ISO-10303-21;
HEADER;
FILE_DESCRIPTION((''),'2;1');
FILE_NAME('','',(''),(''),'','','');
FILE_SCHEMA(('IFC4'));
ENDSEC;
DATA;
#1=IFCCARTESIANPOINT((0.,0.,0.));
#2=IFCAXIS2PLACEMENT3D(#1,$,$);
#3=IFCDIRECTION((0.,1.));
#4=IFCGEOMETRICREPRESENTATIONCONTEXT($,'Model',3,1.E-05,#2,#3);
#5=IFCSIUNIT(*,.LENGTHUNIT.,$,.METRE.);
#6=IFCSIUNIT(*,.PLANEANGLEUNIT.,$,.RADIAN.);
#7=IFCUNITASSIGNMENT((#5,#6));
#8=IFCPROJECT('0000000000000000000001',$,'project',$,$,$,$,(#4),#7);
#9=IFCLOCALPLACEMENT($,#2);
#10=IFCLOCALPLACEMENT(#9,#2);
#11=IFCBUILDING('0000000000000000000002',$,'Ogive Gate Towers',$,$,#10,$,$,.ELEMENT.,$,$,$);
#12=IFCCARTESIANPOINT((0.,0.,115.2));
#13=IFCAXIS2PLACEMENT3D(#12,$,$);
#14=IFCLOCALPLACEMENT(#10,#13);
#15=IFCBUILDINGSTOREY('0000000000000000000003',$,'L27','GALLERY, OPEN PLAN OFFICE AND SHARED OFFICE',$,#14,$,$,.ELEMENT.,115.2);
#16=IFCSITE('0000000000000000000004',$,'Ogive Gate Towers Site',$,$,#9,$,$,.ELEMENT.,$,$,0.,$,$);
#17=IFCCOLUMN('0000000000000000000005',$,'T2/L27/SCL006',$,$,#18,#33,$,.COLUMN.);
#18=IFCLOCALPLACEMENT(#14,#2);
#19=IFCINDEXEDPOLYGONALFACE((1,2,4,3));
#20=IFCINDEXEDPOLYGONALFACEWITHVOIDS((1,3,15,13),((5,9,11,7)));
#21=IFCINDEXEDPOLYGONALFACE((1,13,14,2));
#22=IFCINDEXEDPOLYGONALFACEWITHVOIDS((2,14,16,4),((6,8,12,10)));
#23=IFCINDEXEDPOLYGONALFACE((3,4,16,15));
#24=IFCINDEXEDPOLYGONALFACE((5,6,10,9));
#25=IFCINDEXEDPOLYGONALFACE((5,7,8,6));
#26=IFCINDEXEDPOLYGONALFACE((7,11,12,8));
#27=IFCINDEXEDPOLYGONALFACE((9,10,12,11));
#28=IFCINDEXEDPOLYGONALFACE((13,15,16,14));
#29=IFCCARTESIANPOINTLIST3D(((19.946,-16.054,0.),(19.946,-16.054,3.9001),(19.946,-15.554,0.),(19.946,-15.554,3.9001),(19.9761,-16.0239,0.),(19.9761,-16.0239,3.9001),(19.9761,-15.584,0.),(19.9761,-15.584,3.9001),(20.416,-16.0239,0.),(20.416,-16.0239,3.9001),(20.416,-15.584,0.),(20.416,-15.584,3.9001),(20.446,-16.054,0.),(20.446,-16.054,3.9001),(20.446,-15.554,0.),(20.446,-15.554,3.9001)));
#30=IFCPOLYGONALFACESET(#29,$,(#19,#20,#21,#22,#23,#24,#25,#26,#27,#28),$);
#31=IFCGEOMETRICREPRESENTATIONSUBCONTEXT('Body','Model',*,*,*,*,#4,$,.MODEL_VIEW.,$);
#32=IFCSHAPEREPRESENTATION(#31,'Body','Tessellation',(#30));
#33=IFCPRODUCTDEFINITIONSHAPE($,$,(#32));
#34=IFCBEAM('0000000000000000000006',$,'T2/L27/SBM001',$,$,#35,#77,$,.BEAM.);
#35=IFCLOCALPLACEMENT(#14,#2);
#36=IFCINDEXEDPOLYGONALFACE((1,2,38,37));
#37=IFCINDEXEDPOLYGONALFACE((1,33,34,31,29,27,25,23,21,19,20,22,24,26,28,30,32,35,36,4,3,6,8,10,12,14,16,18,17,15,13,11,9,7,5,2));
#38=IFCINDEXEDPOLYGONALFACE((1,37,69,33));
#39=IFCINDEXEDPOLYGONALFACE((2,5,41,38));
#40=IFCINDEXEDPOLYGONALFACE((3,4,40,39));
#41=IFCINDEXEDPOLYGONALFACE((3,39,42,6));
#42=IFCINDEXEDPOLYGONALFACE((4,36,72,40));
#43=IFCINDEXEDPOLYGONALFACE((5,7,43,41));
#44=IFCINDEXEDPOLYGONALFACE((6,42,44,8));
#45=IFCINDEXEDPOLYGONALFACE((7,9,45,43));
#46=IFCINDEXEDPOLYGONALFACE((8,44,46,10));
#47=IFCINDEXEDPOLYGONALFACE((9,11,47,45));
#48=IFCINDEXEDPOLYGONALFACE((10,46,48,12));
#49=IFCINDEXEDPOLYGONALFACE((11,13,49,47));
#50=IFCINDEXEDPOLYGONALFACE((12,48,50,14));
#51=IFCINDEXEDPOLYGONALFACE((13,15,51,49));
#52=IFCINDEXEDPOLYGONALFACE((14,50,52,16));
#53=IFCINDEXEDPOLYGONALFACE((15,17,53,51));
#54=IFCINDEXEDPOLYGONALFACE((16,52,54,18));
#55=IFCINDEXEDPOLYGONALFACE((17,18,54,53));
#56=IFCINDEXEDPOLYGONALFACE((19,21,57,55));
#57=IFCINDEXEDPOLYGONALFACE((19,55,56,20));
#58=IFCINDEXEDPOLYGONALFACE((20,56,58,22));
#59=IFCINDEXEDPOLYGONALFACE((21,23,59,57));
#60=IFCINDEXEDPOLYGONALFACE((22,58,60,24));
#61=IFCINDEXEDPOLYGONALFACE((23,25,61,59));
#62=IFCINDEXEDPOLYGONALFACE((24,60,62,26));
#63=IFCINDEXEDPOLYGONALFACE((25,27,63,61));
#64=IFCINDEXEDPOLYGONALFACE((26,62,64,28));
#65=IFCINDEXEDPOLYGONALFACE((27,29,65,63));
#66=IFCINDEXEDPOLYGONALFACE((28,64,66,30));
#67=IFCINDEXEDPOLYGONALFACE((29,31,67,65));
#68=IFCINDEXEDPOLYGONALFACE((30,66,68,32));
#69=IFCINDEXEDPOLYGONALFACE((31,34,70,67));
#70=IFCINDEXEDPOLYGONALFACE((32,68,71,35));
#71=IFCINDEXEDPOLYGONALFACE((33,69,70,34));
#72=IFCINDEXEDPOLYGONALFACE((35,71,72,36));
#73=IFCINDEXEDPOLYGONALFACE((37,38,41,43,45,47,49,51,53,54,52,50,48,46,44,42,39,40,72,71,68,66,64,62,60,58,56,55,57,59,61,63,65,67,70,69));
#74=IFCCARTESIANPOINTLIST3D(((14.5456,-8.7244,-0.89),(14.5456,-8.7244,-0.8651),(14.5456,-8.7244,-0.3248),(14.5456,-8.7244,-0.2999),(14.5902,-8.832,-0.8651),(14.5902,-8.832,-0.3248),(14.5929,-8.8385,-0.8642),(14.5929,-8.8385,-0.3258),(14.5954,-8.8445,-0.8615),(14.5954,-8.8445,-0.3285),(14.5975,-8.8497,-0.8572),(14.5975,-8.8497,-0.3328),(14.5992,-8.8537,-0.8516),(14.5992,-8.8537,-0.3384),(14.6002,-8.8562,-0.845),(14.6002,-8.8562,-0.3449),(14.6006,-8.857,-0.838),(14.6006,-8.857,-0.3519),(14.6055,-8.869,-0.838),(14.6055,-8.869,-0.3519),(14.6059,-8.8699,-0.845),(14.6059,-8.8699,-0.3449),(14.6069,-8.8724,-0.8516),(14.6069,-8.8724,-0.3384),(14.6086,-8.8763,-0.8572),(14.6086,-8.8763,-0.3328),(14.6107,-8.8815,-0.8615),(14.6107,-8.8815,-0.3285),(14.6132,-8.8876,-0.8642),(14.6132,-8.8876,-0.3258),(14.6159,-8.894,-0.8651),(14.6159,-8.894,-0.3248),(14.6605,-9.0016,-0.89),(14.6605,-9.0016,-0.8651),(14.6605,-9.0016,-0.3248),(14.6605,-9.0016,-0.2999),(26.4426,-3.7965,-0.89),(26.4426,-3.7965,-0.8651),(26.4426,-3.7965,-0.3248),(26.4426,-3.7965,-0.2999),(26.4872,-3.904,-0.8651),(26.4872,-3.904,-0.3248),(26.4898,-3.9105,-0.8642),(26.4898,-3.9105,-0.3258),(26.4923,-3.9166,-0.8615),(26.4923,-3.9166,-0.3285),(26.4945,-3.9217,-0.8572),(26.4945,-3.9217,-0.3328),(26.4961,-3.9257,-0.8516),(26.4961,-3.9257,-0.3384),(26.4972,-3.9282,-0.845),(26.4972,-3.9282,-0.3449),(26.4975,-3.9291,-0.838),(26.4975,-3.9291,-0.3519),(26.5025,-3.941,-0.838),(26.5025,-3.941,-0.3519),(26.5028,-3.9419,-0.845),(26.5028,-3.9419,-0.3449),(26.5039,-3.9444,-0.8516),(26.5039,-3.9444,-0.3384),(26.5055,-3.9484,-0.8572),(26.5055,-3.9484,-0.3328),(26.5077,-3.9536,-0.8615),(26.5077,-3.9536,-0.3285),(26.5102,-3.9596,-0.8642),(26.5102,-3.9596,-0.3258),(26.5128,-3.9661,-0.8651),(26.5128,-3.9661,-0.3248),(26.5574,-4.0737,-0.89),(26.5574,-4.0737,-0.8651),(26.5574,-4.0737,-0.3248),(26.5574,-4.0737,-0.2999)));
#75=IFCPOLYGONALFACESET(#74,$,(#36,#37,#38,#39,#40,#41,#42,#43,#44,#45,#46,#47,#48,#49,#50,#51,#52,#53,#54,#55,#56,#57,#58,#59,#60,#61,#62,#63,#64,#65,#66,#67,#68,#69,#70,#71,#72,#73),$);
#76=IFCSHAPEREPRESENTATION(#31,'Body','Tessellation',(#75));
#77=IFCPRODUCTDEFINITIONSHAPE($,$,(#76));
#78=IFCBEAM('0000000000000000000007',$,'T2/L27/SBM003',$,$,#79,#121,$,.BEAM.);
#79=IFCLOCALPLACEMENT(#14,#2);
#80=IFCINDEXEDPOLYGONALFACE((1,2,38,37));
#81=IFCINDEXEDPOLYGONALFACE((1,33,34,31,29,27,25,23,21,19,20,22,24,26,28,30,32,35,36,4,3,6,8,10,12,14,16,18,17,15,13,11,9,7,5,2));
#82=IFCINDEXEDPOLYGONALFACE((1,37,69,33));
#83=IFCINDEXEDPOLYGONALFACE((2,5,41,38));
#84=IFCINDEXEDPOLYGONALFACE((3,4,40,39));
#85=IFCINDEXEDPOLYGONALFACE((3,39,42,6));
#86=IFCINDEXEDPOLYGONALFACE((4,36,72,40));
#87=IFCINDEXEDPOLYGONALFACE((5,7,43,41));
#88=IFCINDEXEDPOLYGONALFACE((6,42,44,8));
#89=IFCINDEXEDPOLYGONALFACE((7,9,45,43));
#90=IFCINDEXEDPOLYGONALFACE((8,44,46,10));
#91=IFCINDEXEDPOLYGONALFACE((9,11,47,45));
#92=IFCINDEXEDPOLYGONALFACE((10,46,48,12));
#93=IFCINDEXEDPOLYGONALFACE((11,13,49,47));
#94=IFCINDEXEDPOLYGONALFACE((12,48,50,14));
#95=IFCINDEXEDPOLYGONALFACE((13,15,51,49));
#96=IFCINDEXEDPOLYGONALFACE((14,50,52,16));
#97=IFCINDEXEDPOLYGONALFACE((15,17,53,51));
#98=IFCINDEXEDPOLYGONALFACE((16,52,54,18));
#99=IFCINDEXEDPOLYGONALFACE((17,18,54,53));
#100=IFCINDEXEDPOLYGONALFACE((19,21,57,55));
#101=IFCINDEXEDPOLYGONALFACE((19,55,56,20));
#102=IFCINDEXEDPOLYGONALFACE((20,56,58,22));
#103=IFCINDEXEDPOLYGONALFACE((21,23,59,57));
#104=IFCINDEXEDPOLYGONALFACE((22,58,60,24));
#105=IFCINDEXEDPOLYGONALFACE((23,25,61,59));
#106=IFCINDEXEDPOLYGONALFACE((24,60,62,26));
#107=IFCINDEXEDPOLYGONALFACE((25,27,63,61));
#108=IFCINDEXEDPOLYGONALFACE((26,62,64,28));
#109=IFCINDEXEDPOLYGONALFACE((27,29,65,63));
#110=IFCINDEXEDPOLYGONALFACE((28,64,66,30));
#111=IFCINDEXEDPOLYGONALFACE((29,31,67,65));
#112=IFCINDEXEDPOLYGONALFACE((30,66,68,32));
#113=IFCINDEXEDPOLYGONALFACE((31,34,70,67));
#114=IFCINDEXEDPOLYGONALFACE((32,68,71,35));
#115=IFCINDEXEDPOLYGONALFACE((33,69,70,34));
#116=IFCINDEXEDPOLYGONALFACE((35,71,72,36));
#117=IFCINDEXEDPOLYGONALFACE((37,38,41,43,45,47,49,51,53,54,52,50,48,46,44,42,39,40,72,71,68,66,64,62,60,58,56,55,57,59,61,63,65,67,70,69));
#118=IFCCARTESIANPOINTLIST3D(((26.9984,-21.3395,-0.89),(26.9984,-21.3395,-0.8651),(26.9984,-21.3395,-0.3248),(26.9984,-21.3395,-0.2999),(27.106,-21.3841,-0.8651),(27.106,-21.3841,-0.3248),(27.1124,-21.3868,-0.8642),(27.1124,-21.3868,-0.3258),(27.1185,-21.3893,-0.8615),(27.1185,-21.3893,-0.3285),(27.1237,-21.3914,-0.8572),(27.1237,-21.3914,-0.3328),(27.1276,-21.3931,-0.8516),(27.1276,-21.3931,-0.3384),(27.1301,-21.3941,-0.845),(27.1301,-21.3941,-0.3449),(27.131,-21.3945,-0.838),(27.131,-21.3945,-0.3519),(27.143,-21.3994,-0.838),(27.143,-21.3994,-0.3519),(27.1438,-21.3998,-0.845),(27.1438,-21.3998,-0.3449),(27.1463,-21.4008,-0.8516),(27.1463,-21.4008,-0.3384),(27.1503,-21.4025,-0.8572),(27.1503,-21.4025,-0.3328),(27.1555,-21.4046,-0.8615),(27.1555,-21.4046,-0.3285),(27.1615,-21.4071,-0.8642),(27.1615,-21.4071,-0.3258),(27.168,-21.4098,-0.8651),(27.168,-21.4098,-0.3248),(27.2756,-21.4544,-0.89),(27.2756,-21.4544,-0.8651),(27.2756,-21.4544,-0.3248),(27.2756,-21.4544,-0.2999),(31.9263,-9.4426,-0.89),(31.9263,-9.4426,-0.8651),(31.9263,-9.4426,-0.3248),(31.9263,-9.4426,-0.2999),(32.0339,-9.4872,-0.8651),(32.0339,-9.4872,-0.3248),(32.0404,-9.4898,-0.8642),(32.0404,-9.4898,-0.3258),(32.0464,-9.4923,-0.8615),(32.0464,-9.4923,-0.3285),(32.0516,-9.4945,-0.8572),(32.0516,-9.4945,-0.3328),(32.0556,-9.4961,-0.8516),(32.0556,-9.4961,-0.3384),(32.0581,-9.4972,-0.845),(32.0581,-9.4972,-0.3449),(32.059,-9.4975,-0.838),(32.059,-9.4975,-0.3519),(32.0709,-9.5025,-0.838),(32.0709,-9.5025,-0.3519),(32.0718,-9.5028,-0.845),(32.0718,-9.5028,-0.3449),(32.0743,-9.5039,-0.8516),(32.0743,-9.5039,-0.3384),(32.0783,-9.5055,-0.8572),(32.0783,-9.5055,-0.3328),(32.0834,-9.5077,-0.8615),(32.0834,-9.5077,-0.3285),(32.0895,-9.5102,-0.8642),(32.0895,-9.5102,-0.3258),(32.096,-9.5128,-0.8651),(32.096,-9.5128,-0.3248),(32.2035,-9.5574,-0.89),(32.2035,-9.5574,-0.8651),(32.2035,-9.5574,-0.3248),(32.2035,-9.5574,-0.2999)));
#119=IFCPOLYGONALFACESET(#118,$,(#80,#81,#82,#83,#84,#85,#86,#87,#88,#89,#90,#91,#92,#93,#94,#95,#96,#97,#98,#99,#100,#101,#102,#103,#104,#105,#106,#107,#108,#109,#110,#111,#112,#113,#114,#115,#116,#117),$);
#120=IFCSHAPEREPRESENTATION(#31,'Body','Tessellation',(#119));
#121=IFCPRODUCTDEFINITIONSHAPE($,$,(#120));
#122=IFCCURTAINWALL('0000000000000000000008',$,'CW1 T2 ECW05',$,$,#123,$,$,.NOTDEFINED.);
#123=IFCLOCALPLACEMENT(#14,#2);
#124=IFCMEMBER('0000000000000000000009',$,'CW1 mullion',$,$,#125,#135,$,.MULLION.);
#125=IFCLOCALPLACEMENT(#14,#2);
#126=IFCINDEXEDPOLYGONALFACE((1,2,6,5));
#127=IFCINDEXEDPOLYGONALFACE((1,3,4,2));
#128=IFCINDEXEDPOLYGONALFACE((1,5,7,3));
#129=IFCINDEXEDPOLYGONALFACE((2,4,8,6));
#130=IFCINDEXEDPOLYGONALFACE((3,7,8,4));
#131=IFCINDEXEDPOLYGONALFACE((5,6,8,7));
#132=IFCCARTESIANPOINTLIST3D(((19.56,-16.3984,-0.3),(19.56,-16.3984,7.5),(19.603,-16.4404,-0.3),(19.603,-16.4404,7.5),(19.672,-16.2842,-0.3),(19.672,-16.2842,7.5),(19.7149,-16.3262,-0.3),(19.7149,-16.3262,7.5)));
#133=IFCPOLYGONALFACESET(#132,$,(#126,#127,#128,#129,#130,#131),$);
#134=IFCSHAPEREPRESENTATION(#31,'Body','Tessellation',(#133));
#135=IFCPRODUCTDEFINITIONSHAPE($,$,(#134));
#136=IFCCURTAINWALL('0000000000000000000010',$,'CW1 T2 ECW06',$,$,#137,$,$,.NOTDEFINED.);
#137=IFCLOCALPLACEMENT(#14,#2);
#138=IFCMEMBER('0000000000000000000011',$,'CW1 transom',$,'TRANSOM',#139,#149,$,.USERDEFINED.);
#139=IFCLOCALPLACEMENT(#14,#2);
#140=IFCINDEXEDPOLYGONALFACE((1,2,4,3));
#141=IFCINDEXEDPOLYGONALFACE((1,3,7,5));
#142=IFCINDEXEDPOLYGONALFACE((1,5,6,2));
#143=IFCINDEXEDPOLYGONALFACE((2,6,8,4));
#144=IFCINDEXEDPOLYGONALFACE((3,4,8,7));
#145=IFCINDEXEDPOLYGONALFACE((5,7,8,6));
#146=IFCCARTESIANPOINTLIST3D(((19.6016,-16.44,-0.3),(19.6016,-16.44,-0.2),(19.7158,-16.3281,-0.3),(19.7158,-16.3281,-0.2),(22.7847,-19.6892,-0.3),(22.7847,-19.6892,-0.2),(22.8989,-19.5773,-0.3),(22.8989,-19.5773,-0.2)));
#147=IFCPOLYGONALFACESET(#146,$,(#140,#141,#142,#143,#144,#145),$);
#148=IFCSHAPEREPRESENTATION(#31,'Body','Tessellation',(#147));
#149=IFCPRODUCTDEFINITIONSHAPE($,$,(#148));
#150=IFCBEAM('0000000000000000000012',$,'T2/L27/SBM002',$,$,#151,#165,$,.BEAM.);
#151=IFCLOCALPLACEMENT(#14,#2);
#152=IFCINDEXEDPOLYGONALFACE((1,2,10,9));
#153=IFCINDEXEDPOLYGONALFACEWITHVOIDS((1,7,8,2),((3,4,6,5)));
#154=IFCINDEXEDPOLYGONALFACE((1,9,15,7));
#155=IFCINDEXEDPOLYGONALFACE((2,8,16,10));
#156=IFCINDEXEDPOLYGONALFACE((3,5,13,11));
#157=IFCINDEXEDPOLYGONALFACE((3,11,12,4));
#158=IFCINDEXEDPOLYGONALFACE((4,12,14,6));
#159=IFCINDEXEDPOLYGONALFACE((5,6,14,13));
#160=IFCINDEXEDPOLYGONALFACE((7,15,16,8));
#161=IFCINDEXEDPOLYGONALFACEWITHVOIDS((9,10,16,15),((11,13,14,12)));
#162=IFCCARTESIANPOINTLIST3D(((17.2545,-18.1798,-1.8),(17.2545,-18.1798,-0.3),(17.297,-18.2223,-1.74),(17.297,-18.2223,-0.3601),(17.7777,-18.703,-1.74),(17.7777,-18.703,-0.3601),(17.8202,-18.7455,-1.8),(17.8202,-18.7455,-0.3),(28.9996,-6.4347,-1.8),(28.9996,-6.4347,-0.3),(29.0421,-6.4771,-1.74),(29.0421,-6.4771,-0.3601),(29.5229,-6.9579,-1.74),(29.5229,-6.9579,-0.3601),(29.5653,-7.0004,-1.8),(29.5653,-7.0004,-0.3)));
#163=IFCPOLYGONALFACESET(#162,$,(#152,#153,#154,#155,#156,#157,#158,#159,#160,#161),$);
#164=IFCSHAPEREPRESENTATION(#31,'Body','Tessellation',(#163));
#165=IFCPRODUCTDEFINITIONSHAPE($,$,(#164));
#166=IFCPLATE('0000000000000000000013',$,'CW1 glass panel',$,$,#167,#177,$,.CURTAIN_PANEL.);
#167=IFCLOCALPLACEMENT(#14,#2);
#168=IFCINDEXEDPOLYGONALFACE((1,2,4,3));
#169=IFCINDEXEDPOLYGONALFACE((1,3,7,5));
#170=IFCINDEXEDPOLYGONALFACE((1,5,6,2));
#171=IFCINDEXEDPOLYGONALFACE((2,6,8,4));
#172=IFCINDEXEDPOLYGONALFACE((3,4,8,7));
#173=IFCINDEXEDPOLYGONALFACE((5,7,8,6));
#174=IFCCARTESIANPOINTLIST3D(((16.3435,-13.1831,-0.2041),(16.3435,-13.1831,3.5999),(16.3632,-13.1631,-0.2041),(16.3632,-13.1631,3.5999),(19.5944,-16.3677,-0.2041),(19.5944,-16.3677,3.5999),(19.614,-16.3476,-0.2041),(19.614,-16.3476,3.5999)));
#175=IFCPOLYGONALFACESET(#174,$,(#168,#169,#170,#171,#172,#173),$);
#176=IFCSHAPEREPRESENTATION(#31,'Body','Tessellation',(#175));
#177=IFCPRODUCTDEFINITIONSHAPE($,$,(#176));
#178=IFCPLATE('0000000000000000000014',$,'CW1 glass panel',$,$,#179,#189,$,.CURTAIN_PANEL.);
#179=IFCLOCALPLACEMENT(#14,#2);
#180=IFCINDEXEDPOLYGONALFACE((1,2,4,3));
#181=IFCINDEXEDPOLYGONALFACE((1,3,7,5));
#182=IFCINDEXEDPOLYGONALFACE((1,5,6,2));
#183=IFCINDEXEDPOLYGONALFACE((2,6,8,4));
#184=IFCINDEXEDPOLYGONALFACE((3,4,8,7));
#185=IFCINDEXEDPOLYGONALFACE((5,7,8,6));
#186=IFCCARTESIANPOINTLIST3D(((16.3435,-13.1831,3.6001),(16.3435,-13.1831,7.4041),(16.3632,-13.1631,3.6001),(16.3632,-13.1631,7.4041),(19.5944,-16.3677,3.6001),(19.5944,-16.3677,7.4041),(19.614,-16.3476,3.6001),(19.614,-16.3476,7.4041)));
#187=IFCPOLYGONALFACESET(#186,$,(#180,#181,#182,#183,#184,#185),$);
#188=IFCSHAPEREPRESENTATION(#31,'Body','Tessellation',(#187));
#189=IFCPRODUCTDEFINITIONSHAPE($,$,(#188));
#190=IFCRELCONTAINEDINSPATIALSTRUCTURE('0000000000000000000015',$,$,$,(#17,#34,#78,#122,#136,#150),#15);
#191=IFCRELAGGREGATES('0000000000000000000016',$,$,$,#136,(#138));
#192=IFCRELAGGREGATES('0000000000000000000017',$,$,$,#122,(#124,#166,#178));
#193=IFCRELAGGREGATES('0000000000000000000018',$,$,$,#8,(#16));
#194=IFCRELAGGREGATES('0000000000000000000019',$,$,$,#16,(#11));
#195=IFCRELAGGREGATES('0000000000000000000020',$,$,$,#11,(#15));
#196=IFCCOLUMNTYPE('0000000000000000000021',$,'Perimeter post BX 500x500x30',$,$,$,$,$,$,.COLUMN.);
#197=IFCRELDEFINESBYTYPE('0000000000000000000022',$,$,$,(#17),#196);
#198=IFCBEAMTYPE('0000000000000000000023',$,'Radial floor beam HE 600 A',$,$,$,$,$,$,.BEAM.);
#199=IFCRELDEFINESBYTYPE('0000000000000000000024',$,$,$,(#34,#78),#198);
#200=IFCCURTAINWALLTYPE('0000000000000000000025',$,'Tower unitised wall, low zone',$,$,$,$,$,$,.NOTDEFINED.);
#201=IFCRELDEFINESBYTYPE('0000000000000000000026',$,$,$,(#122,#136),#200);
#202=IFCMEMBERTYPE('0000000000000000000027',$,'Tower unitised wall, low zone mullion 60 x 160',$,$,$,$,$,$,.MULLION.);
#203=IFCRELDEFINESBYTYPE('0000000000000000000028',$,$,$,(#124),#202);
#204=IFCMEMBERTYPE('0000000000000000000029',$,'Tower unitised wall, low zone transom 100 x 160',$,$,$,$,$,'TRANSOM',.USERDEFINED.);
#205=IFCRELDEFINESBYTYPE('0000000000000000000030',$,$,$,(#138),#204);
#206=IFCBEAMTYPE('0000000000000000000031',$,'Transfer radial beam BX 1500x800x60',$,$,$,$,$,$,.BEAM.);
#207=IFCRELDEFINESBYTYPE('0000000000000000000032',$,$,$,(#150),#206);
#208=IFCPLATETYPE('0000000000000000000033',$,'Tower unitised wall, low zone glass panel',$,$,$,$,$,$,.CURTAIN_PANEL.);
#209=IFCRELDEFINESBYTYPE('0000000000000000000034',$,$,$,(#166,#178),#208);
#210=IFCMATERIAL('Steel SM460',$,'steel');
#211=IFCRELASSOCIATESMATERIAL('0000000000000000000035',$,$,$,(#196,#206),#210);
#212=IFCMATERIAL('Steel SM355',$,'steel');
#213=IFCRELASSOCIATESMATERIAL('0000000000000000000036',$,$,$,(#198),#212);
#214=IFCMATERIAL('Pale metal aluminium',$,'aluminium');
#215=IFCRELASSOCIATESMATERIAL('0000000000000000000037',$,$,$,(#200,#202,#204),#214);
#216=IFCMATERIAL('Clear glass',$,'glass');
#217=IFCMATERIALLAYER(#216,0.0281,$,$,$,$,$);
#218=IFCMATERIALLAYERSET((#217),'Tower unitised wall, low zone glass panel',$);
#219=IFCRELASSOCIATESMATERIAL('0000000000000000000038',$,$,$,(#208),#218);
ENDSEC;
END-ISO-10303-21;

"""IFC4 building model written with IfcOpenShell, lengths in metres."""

from ifc_helpers import new_model, si_unit, direction, frame, origin, origin_2d, place, context, subcontext, project, spatial, rectangle, hollow_rectangle, i_section, extrude, material, layer, layer_set, material_profile, profile_set, type_object, element, aggregate, save


model = new_model("IFC4")

# Units and contexts
model_context = context("Model", 3, precision=1e-05, world=origin(), true_north=direction((0.0, 1.0)))
body_context = subcontext(model_context, "Body", "Model", "MODEL_VIEW")
ifc_project = project(units=[si_unit("LENGTHUNIT", "METRE"), si_unit("PLANEANGLEUNIT", "RADIAN")], contexts=[model_context])

# Site, building, storey
site_placement = place(None, origin())
site = spatial("IfcSite", under=ifc_project, at=site_placement, Name="Ogive Gate Towers Site", CompositionType="ELEMENT", RefElevation=0.0)
building_placement = place(site_placement, origin())
building = spatial("IfcBuilding", under=site, at=building_placement, Name="Ogive Gate Towers", CompositionType="ELEMENT")
storey_placement = place(building_placement, frame((0.0, 0.0, 115.2)))
storey = spatial("IfcBuildingStorey", under=building, at=storey_placement, Name="L27", Description="GALLERY, OPEN PLAN OFFICE AND SHARED OFFICE", CompositionType="ELEMENT", Elevation=115.2)

# Column
ifc_material_1 = material(Name="Steel SM460", Category="steel")
ifc_material_profile_1 = material_profile(ifc_material_1, hollow_rectangle(XDim=0.5, YDim=0.5, WallThickness=0.03, at=origin_2d()), Name="BX 500x500x30")
ifc_profile_set_1 = profile_set([ifc_material_profile_1], Name="Steel SM460")
column_type = type_object("IfcColumnType", Name="Perimeter post BX 500x500x30", PredefinedType="COLUMN", material=ifc_profile_set_1)
column_placement = place(storey_placement, frame((20.196, -15.804, 0.0), z_axis=(0.0, 0.0, 1.0), x_axis=(1.0, 0.0, 0.0)))
element("IfcColumn", 1, at=column_placement, inside=storey, type_object=column_type, Name="T2/L27/SCL006", PredefinedType="COLUMN", context=body_context, shape_type="SweptSolid", body=[
    extrude(hollow_rectangle(XDim=0.5, YDim=0.5, WallThickness=0.03, at=origin_2d()), origin(), (0.0, 0.0, 1.0), 3.9001),
])

# Beams
ifc_material_2 = material(Name="Steel SM355", Category="steel")
ifc_material_profile_2 = material_profile(ifc_material_2, i_section(OverallWidth=0.3, OverallDepth=0.5901, WebThickness=0.0129, FlangeThickness=0.0249, FilletRadius=0.0271, at=origin_2d()), Name="HE 600 A")
ifc_profile_set_2 = profile_set([ifc_material_profile_2], Name="Steel SM355")
beam_type_1 = type_object("IfcBeamType", Name="Radial floor beam HE 600 A", PredefinedType="BEAM", material=ifc_profile_set_2)
for number, where, z_axis, x_axis, name in (
    (2, (26.5, -3.9351, -0.595), (-0.923877, -0.382689, 0.0), (0.382689, -0.923877, 0.0), "T2/L27/SBM001"),
    (3, (32.0649, -9.5, -0.595), (-0.382689, -0.923877, 0.0), (0.923877, -0.382689, 0.0), "T2/L27/SBM003"),
):
    element("IfcBeam", number, at=place(storey_placement, frame(where, z_axis=z_axis, x_axis=x_axis)), inside=storey, type_object=beam_type_1, Name=name, PredefinedType="BEAM", context=body_context, shape_type="SweptSolid", body=[
        extrude(i_section(OverallWidth=0.3, OverallDepth=0.5901, WebThickness=0.0129, FlangeThickness=0.0249, FilletRadius=0.0271, at=origin_2d()), origin(), (0.0, 0.0, 1.0), 12.8772),
    ])

# Curtain walls, members
ifc_material_3 = material(Name="Pale metal aluminium", Category="aluminium")
curtain_wall_type = type_object("IfcCurtainWallType", Name="Tower unitised wall, low zone", PredefinedType="NOTDEFINED", material=ifc_material_3)
curtain_wall_1_placement = place(storey_placement, origin())
curtain_wall_1 = element("IfcCurtainWall", 4, at=curtain_wall_1_placement, inside=storey, type_object=curtain_wall_type, Name="CW1 T2 ECW05", PredefinedType="NOTDEFINED")
ifc_material_profile_3 = material_profile(ifc_material_3, rectangle(XDim=0.1599, YDim=0.0601, at=origin_2d()), Name="60 x 160 aluminium box")
ifc_profile_set_3 = profile_set([ifc_material_profile_3], Name="Pale metal aluminium")
member_type_1 = type_object("IfcMemberType", Name="Tower unitised wall, low zone mullion 60 x 160", PredefinedType="MULLION", material=ifc_profile_set_3)
member_1_placement = place(storey_placement, frame((19.6375, -16.3623, -0.3), z_axis=(0.0, 0.0, 1.0), x_axis=(-0.699788, -0.714351, 0.0)))
member_1 = element("IfcMember", 5, at=member_1_placement, type_object=member_type_1, Name="CW1 mullion", PredefinedType="MULLION", context=body_context, shape_type="SweptSolid", body=[
    extrude(rectangle(XDim=0.1599, YDim=0.0601, at=origin_2d()), origin(), (0.0, 0.0, 1.0), 7.8),
])
curtain_wall_2_placement = place(storey_placement, origin())
curtain_wall_2 = element("IfcCurtainWall", 6, at=curtain_wall_2_placement, inside=storey, type_object=curtain_wall_type, Name="CW1 T2 ECW06", PredefinedType="NOTDEFINED")
ifc_material_profile_4 = material_profile(ifc_material_3, rectangle(XDim=0.1599, YDim=0.1001, at=origin_2d()), Name="100 x 160 aluminium box")
ifc_profile_set_4 = profile_set([ifc_material_profile_4], Name="Pale metal aluminium")
member_type_2 = type_object("IfcMemberType", Name="Tower unitised wall, low zone transom 100 x 160", ElementType="TRANSOM", PredefinedType="USERDEFINED", material=ifc_profile_set_4)
member_2_placement = place(storey_placement, frame((19.6587, -16.384, -0.25), z_axis=(0.699797, -0.714342, 0.0), x_axis=(0.714342, 0.699797, 0.0)))
member_2 = element("IfcMember", 7, at=member_2_placement, type_object=member_type_2, Name="CW1 transom", ObjectType="TRANSOM", PredefinedType="USERDEFINED", context=body_context, shape_type="SweptSolid", body=[
    extrude(rectangle(XDim=0.1599, YDim=0.1001, at=origin_2d()), origin(), (0.0, 0.0, 1.0), 4.5486),
])
aggregate(curtain_wall_2, [member_2])

# Beam
ifc_material_profile_5 = material_profile(ifc_material_1, hollow_rectangle(XDim=0.8, YDim=1.5, WallThickness=0.0601, at=origin_2d()), Name="BX 1500x800x60")
ifc_profile_set_5 = profile_set([ifc_material_profile_5], Name="Steel SM460")
beam_type_2 = type_object("IfcBeamType", Name="Transfer radial beam BX 1500x800x60", PredefinedType="BEAM", material=ifc_profile_set_5)
beam_placement = place(storey_placement, frame((29.2825, -6.7175, -1.05), z_axis=(-0.707107, -0.707107, 0.0), x_axis=(0.707107, -0.707107, 0.0)))
element("IfcBeam", 8, at=beam_placement, inside=storey, type_object=beam_type_2, Name="T2/L27/SBM002", PredefinedType="BEAM", context=body_context, shape_type="SweptSolid", body=[
    extrude(hollow_rectangle(XDim=0.8, YDim=1.5, WallThickness=0.0601, at=origin_2d()), origin(), (0.0, 0.0, 1.0), 16.6101),
])

# Plates
ifc_material_4 = material(Name="Clear glass", Category="glass")
ifc_layer_1 = layer(ifc_material_4, 0.0281)
ifc_layer_set_1 = layer_set([ifc_layer_1], Name="Tower unitised wall, low zone glass panel")
plate_type = type_object("IfcPlateType", Name="Tower unitised wall, low zone glass panel", PredefinedType="CURTAIN_PANEL", material=ifc_layer_set_1)
plate_1_placement = place(storey_placement, frame((17.9788, -14.7654, -0.2041), z_axis=(0.0, 0.0, 1.0), x_axis=(0.714351, -0.699788, 0.0)))
plate_1 = element("IfcPlate", 9, at=plate_1_placement, type_object=plate_type, Name="CW1 glass panel", PredefinedType="CURTAIN_PANEL", context=body_context, shape_type="SweptSolid", body=[
    extrude(rectangle(XDim=4.5508, YDim=0.0281, at=origin_2d()), origin(), (0.0, 0.0, 1.0), 3.804),
])
plate_2_placement = place(storey_placement, frame((17.9788, -14.7654, 3.6001), z_axis=(0.0, 0.0, 1.0), x_axis=(0.714351, -0.699788, 0.0)))
plate_2 = element("IfcPlate", 10, at=plate_2_placement, type_object=plate_type, Name="CW1 glass panel", PredefinedType="CURTAIN_PANEL", context=body_context, shape_type="SweptSolid", body=[
    extrude(rectangle(XDim=4.5508, YDim=0.0281, at=origin_2d()), origin(), (0.0, 0.0, 1.0), 3.804),
])
aggregate(curtain_wall_1, [member_1, plate_1, plate_2])

save(model, "model.ifc")
